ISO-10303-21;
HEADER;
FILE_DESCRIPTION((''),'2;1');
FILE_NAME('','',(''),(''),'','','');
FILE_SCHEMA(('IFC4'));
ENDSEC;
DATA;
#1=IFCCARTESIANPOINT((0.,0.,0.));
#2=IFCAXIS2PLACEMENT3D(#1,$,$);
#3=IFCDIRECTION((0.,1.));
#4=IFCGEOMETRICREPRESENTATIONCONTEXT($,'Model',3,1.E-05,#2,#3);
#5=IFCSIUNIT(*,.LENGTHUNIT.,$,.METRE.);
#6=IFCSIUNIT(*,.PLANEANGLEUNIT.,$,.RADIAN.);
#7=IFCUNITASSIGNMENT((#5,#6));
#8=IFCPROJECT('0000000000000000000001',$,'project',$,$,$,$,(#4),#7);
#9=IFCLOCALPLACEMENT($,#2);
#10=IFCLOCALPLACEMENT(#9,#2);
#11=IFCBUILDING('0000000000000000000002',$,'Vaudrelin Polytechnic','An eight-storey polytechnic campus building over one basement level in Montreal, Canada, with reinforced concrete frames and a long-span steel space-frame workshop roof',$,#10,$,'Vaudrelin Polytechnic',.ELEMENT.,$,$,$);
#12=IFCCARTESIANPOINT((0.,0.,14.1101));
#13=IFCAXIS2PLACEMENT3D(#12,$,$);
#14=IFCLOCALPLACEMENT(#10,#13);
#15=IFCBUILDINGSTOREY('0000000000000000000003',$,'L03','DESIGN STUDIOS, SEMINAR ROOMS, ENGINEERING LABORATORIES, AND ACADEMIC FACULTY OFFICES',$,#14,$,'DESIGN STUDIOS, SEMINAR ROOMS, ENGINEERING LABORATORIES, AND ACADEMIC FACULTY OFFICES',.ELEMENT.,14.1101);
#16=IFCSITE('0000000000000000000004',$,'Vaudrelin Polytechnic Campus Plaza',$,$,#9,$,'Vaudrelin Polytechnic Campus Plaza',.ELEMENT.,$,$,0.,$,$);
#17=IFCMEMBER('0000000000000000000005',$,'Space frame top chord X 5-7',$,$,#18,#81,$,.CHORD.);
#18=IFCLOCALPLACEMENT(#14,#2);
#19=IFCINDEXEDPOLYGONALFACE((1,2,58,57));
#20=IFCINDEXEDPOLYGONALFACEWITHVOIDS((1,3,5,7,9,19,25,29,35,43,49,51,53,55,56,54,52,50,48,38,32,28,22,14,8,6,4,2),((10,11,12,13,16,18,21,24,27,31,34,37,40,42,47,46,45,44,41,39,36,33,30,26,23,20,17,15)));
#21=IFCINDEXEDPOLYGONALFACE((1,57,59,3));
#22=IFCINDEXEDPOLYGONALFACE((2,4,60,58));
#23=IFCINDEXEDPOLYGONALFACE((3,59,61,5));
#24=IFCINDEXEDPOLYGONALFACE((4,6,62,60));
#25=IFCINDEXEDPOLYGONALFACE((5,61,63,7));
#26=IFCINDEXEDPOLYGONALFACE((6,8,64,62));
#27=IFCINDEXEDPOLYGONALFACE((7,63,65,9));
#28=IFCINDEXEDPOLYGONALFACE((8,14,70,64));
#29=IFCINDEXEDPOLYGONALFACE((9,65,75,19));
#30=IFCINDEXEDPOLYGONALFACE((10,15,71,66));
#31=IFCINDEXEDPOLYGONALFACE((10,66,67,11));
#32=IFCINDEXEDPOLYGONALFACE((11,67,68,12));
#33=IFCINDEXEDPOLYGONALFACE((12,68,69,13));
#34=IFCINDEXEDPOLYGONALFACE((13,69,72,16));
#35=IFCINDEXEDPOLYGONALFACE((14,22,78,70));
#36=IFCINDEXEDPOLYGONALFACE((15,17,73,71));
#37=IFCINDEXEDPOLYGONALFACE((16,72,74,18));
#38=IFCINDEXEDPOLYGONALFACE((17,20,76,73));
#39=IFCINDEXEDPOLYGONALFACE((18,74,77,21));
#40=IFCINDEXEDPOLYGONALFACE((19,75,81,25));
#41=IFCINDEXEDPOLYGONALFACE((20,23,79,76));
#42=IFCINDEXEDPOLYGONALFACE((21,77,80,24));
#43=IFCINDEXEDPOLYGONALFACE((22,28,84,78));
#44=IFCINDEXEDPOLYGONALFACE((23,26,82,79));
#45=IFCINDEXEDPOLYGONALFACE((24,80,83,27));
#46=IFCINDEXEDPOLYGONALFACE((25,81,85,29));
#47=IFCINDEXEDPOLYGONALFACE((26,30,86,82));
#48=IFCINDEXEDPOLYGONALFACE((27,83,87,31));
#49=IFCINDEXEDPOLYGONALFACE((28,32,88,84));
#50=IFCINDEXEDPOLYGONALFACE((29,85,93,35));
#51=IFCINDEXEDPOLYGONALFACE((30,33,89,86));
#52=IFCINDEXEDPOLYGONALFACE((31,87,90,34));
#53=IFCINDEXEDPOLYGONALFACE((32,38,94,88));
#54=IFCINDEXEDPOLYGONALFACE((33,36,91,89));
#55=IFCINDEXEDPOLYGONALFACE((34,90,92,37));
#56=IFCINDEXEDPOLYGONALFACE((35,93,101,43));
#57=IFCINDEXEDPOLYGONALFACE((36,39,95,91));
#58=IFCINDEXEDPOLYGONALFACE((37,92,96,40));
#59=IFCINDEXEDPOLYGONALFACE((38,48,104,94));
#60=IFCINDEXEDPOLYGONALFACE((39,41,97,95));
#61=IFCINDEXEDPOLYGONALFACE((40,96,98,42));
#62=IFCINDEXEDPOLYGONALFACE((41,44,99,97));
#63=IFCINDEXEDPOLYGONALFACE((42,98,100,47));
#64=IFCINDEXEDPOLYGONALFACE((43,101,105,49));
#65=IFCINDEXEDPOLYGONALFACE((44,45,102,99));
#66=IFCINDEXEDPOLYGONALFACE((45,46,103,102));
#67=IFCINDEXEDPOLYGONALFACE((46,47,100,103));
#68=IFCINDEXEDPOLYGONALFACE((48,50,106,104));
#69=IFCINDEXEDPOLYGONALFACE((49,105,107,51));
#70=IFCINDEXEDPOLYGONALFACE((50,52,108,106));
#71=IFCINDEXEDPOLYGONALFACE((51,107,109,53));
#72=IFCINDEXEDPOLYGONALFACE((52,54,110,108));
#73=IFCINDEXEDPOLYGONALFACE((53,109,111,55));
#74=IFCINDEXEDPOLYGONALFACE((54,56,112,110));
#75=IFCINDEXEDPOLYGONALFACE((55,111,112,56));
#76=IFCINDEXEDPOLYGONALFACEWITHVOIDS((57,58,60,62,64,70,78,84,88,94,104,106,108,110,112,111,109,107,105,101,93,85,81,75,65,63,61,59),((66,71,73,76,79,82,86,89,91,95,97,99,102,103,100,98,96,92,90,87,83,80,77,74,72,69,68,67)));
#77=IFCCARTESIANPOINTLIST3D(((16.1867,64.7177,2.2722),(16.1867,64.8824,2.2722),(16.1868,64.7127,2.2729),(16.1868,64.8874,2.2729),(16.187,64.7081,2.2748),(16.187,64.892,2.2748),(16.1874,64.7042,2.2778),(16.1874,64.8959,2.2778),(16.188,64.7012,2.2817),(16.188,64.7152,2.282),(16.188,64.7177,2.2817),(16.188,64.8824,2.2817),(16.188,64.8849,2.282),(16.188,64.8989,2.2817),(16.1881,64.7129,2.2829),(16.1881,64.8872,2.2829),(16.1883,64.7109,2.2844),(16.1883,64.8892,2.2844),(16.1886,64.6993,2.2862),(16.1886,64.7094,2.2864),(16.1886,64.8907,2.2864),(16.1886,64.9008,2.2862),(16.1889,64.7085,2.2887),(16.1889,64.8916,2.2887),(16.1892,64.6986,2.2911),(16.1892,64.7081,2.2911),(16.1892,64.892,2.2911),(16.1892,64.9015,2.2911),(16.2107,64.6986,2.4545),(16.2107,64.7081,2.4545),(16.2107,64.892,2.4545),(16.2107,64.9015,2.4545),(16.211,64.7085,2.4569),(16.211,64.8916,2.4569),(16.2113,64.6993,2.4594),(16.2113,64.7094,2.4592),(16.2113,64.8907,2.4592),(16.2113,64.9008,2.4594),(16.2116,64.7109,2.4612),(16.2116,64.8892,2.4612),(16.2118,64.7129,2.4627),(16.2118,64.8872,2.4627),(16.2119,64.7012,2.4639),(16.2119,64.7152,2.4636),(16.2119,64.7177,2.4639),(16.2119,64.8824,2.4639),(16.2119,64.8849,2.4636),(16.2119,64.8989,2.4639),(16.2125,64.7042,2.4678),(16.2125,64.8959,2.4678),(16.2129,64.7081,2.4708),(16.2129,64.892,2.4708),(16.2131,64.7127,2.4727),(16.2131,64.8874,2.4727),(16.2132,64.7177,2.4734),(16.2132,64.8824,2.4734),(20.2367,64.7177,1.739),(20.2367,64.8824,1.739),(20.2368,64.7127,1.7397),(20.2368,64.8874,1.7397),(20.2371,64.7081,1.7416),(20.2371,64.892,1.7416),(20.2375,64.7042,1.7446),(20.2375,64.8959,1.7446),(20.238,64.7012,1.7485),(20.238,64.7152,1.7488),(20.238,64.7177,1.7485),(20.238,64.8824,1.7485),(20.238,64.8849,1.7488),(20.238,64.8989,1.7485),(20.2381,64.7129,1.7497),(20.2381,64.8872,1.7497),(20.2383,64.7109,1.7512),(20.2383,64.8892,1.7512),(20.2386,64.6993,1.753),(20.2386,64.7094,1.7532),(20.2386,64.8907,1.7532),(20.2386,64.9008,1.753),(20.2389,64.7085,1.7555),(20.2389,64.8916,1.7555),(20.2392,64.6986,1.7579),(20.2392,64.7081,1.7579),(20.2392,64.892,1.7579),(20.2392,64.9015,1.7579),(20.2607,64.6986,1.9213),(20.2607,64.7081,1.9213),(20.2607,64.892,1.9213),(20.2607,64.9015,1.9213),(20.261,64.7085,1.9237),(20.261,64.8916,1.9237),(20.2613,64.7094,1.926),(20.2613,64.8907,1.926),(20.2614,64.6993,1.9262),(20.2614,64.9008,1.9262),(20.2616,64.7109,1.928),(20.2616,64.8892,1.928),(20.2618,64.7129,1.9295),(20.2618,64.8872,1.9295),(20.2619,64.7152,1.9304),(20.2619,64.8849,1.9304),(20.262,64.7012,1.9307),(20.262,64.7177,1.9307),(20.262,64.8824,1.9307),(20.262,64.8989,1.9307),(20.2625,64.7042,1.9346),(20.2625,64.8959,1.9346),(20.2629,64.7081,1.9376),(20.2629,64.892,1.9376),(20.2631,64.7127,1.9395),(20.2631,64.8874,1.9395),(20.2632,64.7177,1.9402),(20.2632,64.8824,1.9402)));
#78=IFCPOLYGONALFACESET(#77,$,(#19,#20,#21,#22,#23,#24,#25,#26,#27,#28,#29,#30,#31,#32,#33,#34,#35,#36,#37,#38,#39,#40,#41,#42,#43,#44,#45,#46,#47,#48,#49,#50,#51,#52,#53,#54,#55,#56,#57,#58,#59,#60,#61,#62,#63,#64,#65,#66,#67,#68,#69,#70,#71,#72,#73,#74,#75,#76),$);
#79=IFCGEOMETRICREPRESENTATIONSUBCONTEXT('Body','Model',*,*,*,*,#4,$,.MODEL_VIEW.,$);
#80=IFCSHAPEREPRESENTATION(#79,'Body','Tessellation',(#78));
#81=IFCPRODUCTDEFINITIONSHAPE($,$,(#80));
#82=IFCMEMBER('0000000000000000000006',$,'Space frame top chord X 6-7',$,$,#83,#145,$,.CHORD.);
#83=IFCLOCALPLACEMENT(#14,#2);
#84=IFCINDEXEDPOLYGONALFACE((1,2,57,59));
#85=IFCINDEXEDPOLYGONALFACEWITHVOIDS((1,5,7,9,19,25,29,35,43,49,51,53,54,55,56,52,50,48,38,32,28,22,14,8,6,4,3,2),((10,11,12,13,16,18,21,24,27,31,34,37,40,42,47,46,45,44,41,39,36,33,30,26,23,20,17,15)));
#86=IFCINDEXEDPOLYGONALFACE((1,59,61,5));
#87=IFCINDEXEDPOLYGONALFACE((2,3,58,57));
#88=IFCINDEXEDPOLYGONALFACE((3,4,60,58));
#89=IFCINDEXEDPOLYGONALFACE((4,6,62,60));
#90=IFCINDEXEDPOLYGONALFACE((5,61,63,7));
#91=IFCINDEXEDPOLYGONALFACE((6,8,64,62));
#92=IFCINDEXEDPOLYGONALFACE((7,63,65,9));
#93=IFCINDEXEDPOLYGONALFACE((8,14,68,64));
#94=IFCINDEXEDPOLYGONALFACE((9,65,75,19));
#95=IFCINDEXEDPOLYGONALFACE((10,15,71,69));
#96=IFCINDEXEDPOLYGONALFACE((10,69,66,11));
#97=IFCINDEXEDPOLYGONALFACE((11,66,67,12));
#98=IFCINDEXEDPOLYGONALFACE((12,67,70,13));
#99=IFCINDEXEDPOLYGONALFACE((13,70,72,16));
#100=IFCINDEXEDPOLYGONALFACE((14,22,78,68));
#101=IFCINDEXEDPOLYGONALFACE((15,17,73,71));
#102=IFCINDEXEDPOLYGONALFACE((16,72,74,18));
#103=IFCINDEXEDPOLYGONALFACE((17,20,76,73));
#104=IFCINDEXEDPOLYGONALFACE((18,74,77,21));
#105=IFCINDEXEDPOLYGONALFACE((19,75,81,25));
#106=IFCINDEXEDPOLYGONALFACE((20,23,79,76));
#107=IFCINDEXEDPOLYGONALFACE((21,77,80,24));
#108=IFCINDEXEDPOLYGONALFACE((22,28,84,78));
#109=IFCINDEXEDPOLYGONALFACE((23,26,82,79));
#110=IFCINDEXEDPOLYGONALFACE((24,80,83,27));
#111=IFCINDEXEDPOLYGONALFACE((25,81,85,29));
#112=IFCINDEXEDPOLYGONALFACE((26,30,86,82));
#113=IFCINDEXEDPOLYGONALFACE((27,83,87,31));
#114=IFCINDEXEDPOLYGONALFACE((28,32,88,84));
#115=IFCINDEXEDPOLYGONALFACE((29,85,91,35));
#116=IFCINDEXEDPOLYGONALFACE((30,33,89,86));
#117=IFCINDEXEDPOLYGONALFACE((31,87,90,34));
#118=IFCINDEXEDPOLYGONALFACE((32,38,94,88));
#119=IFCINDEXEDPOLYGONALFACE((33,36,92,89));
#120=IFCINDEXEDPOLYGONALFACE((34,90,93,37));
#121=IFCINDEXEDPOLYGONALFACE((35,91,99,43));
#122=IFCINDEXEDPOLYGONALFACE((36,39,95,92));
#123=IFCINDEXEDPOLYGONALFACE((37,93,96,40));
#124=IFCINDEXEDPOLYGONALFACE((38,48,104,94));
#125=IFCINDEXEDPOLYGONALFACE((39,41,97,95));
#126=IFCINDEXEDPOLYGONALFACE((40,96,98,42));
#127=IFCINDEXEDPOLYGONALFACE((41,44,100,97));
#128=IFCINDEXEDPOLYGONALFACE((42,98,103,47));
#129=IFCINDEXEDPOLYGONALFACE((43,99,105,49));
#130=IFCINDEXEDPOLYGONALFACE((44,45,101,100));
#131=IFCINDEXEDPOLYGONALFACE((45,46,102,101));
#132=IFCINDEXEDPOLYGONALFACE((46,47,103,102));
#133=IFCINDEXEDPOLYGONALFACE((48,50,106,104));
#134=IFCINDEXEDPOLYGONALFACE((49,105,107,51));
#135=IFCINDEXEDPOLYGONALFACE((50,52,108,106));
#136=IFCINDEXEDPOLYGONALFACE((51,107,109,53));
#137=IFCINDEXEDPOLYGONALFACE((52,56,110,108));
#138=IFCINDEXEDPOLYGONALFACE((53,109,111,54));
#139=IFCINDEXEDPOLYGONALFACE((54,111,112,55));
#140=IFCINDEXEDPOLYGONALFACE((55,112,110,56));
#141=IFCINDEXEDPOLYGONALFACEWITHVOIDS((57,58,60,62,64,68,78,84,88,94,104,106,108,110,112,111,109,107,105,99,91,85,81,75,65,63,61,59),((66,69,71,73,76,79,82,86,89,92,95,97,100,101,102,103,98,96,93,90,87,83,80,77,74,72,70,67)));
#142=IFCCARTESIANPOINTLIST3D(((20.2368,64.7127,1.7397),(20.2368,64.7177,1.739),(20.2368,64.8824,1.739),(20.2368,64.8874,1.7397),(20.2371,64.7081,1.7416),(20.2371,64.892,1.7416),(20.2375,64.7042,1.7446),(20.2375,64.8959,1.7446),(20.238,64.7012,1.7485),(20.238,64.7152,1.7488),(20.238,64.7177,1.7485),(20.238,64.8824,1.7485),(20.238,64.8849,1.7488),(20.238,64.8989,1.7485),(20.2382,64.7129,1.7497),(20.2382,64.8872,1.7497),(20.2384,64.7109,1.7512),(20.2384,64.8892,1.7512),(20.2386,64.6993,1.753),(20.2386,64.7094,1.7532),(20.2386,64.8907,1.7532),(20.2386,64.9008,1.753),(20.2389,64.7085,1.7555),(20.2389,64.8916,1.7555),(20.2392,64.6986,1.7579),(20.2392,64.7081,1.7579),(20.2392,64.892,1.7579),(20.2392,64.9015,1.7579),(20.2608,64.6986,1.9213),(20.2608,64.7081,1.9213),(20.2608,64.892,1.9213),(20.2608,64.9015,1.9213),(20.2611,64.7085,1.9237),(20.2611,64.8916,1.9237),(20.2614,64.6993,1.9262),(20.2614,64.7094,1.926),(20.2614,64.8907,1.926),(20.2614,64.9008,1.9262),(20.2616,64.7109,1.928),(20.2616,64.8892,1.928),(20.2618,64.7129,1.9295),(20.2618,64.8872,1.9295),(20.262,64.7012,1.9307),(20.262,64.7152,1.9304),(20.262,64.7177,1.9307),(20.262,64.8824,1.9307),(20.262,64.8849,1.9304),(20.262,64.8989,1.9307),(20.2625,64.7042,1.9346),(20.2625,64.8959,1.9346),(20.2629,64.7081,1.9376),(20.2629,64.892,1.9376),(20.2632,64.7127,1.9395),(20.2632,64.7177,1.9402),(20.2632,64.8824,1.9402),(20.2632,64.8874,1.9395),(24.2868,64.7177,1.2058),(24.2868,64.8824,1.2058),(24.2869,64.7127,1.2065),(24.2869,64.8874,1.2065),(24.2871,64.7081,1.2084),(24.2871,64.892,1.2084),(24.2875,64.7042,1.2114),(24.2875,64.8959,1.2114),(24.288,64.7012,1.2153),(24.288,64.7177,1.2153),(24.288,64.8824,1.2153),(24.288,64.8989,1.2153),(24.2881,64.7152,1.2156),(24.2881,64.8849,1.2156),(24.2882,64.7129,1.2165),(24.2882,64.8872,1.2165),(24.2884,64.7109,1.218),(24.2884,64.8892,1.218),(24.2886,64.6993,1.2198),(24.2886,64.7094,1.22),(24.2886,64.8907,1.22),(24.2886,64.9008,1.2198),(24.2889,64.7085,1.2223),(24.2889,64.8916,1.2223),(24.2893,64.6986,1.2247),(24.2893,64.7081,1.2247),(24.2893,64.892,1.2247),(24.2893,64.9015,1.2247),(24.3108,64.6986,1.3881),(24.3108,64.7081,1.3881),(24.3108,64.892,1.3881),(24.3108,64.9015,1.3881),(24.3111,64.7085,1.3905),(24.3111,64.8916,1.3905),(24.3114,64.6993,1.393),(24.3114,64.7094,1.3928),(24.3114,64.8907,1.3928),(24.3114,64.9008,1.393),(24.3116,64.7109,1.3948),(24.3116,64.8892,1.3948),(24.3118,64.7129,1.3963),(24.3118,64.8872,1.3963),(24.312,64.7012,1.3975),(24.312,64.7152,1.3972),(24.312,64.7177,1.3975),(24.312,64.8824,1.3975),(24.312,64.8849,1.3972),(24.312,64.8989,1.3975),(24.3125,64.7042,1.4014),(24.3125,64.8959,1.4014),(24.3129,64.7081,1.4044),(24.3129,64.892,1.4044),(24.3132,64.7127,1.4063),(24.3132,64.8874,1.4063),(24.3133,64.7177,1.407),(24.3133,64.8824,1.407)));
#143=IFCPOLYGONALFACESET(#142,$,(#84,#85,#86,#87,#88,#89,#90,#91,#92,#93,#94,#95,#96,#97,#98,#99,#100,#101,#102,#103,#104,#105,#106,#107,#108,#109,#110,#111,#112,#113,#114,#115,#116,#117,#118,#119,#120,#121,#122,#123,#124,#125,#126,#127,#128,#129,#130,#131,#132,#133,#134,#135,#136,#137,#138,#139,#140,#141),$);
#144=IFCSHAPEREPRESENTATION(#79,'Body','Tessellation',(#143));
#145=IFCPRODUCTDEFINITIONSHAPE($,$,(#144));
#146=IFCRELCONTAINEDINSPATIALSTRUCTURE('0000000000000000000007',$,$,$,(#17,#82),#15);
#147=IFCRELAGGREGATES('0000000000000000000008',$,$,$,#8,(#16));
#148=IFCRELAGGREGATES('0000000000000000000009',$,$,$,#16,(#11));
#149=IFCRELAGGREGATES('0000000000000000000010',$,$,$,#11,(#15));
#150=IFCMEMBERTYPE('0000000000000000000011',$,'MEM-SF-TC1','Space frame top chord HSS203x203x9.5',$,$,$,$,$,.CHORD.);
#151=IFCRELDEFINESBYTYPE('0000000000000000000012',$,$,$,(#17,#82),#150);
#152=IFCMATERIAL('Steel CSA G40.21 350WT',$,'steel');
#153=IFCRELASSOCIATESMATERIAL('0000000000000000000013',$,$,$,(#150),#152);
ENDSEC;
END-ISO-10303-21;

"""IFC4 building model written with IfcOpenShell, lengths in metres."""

from ifc_helpers import new_model, si_unit, direction, frame, origin, origin_2d, place, context, subcontext, project, spatial, hollow_rectangle, extrude, material, material_profile, profile_set, type_object, element, save


model = new_model("IFC4")

# Units and contexts
model_context = context("Model", 3, precision=1e-05, world=origin(), true_north=direction((0.0, 1.0)))
body_context = subcontext(model_context, "Body", "Model", "MODEL_VIEW")
ifc_project = project(units=[si_unit("LENGTHUNIT", "METRE"), si_unit("PLANEANGLEUNIT", "RADIAN")], contexts=[model_context])

# Site, building, storey
site_placement = place(None, origin())
site = spatial("IfcSite", under=ifc_project, at=site_placement, Name="Vaudrelin Polytechnic Campus Plaza", LongName="Vaudrelin Polytechnic Campus Plaza", CompositionType="ELEMENT", RefElevation=0.0)
building_placement = place(site_placement, origin())
building = spatial("IfcBuilding", under=site, at=building_placement, Name="Vaudrelin Polytechnic", Description="An eight-storey polytechnic campus building over one basement level in Montreal, Canada, with reinforced concrete frames and a long-span steel space-frame workshop roof", LongName="Vaudrelin Polytechnic", CompositionType="ELEMENT")
storey_placement = place(building_placement, frame((0.0, 0.0, 14.1101)))
storey = spatial("IfcBuildingStorey", under=building, at=storey_placement, Name="L03", Description="DESIGN STUDIOS, SEMINAR ROOMS, ENGINEERING LABORATORIES, AND ACADEMIC FACULTY OFFICES", LongName="DESIGN STUDIOS, SEMINAR ROOMS, ENGINEERING LABORATORIES, AND ACADEMIC FACULTY OFFICES", CompositionType="ELEMENT", Elevation=14.1101)

# Members
ifc_material = material(Name="Steel CSA G40.21 350WT", Category="steel")
ifc_material_profile_1 = material_profile(ifc_material, hollow_rectangle(XDim=0.2029, YDim=0.2029, WallThickness=0.0095, InnerFilletRadius=0.0095, OuterFilletRadius=0.019, at=origin_2d()), Name="HSS203x203x9.5")
ifc_profile_set_1 = profile_set([ifc_material_profile_1], Name="Steel CSA G40.21 350WT")
member_type_1 = type_object("IfcMemberType", Name="MEM-SF-TC1", Description="Space frame top chord HSS203x203x9.5", PredefinedType="CHORD", material=ifc_profile_set_1)
for number, where, z_axis, x_axis, name in (
    (1, (16.2, 64.8, 2.3728), (0.991445, 0.0, -0.130527), (0.0, 1.0, 0.0), "Space frame top chord X 5-7"),
    (2, (20.25, 64.8, 1.8396), (0.991445, 0.0, -0.130527), (0.0, 1.0, 0.0), "Space frame top chord X 6-7"),
):
    element("IfcMember", number, at=place(storey_placement, frame(where, z_axis=z_axis, x_axis=x_axis)), inside=storey, type_object=member_type_1, Name=name, PredefinedType="CHORD", context=body_context, shape_type="SweptSolid", body=[
        extrude(hollow_rectangle(XDim=0.2029, YDim=0.2029, WallThickness=0.0095, InnerFilletRadius=0.0095, OuterFilletRadius=0.019, at=origin_2d()), origin(), (0.0, 0.0, 1.0), 4.085),
    ])

save(model, "model.ifc")
